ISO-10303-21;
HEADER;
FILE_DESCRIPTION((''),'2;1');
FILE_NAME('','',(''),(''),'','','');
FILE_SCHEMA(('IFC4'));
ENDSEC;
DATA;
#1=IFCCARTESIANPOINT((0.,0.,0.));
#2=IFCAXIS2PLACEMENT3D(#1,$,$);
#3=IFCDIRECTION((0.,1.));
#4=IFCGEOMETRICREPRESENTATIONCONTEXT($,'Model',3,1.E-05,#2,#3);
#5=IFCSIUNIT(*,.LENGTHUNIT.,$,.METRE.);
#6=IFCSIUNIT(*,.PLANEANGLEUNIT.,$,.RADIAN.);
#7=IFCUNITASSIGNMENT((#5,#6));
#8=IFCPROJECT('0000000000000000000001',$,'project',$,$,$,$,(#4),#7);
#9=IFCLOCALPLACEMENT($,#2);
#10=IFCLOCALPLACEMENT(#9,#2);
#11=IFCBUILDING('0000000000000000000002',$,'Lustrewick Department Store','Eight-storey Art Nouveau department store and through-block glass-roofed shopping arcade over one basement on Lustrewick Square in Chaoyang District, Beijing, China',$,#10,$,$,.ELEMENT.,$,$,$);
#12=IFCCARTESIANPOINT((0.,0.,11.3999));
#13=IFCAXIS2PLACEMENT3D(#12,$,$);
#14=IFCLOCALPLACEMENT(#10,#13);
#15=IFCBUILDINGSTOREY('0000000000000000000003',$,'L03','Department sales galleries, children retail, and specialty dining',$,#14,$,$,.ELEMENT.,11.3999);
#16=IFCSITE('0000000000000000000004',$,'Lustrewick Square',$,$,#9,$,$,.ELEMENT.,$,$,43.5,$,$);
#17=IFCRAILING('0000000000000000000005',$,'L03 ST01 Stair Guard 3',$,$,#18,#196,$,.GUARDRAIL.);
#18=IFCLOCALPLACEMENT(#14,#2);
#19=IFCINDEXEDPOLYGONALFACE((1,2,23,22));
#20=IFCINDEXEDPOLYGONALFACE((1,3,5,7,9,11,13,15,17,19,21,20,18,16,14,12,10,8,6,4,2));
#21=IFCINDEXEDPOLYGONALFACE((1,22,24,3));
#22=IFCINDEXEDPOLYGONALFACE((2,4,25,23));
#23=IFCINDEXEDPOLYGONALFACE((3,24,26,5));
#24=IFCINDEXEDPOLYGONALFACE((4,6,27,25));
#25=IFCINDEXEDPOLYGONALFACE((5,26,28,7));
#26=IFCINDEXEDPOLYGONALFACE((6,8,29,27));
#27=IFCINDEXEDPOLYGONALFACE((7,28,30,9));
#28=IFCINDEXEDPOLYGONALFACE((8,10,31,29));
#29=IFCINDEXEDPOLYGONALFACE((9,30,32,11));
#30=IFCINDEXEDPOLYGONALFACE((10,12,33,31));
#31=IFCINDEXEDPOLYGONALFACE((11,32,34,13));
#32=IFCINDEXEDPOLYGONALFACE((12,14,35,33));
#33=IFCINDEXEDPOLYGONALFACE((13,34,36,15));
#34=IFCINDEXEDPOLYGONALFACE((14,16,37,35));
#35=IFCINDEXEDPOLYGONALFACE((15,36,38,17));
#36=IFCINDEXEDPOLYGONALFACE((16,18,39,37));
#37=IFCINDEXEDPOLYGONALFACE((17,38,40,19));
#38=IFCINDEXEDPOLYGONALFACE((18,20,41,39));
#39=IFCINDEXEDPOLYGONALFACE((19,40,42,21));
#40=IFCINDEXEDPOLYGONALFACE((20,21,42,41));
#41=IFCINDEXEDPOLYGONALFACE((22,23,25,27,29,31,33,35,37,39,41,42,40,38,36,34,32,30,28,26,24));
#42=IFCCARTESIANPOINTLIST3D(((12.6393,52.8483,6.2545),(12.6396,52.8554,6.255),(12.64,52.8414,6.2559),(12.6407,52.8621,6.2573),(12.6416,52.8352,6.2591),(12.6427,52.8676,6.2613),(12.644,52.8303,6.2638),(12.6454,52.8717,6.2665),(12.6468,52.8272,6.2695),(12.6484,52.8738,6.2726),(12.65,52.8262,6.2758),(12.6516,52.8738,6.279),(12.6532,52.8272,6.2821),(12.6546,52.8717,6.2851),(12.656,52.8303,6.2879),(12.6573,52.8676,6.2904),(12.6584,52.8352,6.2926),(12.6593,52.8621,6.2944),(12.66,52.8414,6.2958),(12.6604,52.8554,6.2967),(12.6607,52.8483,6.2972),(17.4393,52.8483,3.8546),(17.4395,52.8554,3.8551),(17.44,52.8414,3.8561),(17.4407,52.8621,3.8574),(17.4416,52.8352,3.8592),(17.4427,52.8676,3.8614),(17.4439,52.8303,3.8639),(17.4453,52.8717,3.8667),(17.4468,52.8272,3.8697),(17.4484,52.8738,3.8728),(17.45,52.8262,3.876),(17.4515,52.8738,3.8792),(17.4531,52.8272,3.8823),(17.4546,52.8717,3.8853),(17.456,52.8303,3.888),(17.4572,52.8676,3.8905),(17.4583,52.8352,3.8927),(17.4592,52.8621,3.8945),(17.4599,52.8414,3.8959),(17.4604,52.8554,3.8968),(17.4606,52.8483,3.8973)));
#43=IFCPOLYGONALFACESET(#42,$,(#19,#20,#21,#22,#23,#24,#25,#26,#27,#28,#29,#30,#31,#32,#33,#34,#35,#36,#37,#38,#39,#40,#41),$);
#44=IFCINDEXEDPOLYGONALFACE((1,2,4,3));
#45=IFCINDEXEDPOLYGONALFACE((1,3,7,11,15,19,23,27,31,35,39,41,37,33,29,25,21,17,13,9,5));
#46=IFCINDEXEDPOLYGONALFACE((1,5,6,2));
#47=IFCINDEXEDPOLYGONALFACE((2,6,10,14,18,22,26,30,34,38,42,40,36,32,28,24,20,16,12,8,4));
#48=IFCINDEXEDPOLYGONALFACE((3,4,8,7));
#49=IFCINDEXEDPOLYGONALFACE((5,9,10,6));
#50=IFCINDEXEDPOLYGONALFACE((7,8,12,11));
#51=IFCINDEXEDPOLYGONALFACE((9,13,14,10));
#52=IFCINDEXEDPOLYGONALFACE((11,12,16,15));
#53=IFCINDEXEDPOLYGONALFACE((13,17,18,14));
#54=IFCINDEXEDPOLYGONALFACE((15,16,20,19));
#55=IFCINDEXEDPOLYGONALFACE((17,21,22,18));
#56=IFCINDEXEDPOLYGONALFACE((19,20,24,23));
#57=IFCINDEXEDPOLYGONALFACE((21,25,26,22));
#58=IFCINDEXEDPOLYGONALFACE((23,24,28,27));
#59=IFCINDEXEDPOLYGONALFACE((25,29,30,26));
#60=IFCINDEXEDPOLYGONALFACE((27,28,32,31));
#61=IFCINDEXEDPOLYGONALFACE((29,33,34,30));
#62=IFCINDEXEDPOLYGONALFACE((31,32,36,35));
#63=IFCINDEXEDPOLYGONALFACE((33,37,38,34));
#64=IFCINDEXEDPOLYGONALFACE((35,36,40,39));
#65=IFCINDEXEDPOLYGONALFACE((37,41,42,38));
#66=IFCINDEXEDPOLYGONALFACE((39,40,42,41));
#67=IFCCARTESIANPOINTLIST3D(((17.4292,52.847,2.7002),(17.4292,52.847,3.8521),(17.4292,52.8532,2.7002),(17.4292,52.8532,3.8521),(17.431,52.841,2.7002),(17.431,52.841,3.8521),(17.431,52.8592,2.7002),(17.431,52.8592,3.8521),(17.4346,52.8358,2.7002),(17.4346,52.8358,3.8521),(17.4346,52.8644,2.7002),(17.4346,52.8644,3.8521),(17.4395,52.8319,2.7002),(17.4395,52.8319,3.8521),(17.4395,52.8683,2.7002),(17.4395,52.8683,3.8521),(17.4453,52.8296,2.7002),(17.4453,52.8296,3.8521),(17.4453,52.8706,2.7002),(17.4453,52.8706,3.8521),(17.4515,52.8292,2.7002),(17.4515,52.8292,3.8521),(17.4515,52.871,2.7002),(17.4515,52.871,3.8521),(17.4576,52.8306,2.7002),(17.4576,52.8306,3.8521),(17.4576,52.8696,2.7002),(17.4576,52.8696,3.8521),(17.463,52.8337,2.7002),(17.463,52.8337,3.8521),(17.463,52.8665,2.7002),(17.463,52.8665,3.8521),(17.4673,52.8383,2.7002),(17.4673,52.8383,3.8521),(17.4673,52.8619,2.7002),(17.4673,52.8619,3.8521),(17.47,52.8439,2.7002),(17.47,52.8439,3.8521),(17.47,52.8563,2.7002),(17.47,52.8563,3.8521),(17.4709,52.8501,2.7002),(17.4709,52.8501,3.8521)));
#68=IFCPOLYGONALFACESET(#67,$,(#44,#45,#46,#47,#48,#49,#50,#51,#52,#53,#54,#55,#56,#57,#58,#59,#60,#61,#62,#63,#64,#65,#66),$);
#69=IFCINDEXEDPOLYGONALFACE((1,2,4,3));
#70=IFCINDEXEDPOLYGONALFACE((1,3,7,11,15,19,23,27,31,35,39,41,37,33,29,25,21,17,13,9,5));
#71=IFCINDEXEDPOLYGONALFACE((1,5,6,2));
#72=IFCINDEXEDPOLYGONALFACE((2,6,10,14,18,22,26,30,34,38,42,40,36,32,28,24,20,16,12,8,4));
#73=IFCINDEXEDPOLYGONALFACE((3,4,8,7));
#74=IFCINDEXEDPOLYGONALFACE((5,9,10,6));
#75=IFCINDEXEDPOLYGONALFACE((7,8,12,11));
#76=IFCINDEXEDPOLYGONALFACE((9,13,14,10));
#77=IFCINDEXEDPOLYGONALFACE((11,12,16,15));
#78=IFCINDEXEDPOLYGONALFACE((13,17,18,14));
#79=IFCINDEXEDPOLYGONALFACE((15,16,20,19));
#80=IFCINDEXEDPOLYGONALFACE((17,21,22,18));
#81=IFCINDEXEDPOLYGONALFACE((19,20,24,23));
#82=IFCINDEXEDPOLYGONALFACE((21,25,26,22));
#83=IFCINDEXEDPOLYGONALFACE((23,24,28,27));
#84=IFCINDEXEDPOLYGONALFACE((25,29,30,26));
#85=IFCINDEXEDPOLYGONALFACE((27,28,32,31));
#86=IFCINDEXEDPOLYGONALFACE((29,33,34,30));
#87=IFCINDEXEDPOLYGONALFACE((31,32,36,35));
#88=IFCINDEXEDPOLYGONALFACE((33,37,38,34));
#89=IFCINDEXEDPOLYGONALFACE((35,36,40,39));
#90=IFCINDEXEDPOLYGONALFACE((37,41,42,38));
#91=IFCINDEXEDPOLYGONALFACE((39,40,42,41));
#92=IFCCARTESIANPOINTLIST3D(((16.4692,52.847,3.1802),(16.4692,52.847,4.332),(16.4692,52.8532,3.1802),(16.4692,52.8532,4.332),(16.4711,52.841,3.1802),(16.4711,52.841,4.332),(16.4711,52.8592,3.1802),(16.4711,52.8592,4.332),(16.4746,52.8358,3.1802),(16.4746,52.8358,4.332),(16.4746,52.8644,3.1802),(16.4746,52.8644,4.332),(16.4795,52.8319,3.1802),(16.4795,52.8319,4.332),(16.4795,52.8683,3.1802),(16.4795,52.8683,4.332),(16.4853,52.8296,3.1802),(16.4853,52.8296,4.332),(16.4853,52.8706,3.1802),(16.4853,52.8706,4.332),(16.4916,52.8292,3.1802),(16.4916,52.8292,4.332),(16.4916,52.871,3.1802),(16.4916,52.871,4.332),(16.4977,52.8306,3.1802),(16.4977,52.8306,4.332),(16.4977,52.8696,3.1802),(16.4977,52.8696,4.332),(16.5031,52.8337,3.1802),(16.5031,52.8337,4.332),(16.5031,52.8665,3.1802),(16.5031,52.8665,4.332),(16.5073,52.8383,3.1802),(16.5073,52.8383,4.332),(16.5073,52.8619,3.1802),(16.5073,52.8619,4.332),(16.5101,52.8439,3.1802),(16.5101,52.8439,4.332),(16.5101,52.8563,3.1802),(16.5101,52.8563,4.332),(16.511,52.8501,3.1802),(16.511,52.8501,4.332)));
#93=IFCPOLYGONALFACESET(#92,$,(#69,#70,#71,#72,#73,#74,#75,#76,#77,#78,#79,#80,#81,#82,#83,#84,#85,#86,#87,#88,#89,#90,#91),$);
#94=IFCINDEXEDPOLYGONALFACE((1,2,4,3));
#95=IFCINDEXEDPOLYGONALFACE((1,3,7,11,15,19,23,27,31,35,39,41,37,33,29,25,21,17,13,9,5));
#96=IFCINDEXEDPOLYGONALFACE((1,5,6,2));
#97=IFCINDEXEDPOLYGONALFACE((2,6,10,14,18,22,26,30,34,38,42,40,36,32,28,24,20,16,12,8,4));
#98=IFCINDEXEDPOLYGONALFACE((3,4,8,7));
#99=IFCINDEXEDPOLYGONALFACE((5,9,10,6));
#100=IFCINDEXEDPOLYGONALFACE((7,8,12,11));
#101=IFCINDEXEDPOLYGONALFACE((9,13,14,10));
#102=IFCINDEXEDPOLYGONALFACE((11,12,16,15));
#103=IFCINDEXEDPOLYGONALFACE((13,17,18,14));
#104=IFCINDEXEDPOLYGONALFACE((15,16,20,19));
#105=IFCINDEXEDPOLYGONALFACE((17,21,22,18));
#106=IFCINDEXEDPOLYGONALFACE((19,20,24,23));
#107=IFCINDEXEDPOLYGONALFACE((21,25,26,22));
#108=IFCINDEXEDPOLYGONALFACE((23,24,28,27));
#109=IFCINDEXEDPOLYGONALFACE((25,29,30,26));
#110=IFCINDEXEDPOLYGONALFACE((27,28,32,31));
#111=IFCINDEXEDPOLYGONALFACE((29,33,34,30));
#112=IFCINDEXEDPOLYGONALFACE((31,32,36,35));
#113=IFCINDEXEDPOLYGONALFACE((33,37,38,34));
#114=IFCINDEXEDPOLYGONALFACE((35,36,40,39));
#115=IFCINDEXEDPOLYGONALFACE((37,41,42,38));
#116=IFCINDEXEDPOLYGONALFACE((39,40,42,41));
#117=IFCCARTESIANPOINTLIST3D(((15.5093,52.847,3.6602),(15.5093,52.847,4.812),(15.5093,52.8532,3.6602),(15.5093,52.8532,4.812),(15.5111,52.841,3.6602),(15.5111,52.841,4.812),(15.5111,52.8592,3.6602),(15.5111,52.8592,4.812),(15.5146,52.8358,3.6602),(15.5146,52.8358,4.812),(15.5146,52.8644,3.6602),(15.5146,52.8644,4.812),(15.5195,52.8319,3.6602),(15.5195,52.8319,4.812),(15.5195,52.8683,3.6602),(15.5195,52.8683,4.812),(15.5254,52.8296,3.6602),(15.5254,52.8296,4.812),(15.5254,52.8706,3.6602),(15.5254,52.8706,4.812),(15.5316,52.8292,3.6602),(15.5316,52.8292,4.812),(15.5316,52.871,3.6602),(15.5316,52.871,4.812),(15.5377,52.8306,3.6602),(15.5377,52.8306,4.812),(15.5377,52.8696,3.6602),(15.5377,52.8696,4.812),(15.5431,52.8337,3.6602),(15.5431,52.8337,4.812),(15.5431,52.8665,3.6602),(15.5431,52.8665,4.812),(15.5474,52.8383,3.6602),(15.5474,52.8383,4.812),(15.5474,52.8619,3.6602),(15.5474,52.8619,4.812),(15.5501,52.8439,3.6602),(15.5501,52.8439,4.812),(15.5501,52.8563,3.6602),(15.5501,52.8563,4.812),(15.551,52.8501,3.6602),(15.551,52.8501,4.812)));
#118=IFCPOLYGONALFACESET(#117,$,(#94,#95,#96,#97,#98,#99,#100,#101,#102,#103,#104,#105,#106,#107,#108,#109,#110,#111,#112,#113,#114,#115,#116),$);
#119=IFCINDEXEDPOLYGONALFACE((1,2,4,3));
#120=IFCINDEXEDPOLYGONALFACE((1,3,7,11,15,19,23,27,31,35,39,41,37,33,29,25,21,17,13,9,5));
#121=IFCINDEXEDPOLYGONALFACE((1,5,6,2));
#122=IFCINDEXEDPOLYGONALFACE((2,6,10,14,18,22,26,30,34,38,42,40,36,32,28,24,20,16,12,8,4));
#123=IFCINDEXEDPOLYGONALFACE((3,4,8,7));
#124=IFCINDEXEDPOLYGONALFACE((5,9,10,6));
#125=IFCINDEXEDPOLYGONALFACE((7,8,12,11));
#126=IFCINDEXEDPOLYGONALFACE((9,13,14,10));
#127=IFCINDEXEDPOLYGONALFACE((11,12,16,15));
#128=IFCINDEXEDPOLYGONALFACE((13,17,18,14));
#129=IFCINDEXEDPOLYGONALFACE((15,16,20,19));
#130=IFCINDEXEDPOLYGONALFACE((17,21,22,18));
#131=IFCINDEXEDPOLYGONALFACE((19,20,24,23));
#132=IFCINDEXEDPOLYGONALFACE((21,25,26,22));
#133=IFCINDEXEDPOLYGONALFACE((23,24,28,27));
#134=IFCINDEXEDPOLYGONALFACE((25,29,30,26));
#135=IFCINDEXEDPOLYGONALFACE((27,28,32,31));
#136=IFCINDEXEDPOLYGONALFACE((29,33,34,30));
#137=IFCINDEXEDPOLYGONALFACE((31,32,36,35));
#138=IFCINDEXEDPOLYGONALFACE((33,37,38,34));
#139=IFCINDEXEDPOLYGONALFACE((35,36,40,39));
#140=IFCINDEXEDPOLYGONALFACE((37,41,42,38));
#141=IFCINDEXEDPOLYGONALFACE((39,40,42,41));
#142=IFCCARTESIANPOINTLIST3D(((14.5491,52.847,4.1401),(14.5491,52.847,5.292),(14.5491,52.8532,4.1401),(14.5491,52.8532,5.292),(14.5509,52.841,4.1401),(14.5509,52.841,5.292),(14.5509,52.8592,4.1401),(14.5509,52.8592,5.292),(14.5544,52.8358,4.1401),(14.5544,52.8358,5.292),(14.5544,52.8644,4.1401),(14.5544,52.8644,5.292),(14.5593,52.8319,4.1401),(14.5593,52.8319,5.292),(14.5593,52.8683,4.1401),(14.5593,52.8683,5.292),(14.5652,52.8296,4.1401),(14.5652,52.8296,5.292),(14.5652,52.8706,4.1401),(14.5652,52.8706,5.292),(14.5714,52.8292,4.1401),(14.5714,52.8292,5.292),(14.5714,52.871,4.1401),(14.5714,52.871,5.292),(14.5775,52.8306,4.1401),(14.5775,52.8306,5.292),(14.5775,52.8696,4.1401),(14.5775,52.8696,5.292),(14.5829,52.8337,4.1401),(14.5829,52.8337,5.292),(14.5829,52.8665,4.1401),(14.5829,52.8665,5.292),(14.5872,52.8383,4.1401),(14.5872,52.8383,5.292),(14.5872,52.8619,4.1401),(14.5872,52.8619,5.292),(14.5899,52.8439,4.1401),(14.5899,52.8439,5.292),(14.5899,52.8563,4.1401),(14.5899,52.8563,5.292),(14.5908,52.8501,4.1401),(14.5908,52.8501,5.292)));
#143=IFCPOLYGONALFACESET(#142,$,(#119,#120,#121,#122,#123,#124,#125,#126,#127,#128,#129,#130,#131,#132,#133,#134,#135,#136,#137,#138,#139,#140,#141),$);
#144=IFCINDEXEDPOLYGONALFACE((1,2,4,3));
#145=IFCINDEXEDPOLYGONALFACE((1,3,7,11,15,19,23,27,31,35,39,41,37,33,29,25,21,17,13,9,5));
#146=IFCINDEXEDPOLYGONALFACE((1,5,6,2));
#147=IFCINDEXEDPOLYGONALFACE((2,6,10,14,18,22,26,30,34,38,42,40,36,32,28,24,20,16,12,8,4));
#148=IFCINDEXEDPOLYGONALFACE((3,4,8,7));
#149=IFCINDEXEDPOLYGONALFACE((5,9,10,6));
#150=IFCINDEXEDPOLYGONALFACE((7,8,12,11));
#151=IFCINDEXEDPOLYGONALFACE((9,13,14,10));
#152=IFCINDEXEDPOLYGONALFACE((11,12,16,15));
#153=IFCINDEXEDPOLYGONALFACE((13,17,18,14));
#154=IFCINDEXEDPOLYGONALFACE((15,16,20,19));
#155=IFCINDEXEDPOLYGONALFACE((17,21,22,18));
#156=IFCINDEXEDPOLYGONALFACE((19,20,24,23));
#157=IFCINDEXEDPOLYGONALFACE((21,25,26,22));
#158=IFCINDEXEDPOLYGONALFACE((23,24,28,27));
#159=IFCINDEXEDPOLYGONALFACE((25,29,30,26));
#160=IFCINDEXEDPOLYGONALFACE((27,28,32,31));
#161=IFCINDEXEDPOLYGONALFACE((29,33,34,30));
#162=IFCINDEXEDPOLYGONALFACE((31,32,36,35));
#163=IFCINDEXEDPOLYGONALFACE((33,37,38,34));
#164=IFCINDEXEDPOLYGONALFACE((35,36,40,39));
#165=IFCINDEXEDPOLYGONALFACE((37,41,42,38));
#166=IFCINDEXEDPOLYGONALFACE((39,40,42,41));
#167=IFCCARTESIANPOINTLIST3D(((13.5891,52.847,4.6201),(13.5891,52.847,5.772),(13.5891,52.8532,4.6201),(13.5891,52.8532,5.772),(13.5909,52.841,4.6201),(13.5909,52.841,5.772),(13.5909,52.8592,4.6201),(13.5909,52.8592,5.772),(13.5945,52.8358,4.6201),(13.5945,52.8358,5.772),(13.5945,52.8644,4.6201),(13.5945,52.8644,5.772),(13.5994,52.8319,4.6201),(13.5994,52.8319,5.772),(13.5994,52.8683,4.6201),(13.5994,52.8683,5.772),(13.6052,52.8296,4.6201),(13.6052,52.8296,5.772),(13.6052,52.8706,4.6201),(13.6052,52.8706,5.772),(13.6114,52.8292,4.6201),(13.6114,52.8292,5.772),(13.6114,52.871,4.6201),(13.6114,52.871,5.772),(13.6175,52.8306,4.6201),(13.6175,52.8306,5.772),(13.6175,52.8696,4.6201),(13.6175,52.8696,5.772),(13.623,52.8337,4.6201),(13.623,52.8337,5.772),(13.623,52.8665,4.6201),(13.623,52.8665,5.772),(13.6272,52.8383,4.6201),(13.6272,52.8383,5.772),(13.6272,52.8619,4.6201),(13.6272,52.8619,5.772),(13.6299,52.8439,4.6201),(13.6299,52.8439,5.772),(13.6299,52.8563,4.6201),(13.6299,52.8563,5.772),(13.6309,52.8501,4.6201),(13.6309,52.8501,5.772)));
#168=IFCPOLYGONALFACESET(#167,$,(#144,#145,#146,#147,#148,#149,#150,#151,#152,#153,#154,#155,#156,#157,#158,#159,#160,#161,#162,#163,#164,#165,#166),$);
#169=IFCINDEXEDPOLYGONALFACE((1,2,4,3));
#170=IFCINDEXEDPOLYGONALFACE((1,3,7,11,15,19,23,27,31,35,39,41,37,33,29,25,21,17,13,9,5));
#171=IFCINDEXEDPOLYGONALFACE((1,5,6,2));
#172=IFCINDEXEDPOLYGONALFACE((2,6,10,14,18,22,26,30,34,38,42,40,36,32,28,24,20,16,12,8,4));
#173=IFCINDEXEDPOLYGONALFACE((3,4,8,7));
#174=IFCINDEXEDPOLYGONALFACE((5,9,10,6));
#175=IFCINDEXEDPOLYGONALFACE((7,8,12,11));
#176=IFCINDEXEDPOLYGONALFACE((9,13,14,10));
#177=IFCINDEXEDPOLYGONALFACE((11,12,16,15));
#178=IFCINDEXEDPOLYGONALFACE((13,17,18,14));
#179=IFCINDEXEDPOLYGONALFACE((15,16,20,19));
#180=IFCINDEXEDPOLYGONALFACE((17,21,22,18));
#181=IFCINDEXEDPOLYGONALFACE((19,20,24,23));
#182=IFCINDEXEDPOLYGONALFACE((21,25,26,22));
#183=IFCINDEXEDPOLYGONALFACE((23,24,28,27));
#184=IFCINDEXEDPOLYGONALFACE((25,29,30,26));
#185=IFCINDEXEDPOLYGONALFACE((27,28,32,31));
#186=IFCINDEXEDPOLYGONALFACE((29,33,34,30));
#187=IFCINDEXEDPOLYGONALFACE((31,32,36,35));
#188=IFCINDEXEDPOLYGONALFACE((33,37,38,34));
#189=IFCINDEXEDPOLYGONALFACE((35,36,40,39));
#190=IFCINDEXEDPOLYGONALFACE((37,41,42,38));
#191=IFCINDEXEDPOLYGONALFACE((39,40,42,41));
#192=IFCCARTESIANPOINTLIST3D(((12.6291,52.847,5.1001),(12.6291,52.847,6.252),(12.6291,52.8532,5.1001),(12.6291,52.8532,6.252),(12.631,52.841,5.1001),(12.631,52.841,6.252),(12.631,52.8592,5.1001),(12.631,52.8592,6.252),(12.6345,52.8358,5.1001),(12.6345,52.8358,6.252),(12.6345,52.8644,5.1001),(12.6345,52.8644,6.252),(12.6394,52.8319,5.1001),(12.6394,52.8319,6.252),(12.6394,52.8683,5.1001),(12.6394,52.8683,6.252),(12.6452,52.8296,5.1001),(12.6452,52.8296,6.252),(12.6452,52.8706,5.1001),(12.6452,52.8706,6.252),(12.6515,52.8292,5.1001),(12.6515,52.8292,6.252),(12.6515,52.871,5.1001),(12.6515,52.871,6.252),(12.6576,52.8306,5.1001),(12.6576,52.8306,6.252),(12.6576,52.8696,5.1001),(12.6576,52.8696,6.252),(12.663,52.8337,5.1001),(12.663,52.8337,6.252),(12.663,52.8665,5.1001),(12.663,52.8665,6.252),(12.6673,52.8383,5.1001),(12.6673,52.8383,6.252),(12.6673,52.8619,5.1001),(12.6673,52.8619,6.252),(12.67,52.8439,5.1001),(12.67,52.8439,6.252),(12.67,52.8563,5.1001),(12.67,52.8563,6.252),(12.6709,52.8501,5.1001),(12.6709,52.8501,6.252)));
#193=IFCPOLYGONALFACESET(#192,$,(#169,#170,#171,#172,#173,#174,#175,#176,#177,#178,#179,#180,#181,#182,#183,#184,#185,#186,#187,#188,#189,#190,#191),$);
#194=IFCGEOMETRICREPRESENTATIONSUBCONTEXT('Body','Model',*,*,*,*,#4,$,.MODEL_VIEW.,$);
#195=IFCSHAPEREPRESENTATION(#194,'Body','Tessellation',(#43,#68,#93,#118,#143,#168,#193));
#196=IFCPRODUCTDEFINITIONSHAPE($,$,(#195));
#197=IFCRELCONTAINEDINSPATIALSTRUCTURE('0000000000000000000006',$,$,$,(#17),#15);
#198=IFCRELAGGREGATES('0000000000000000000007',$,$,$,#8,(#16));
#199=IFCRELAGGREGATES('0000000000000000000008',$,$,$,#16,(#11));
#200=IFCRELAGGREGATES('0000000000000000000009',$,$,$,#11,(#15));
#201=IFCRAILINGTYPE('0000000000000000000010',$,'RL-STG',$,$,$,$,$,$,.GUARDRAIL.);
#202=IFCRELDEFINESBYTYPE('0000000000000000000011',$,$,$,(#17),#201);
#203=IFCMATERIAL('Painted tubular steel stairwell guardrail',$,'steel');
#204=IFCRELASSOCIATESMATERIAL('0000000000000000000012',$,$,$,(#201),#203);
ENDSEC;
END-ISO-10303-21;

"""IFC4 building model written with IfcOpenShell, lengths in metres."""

from ifc_helpers import new_model, si_unit, direction, frame, origin, origin_2d, place, context, subcontext, project, spatial, circle, extrude, material, type_object, element, save


model = new_model("IFC4")

# Units and contexts
model_context = context("Model", 3, precision=1e-05, world=origin(), true_north=direction((0.0, 1.0)))
body_context = subcontext(model_context, "Body", "Model", "MODEL_VIEW")
ifc_project = project(units=[si_unit("LENGTHUNIT", "METRE"), si_unit("PLANEANGLEUNIT", "RADIAN")], contexts=[model_context])

# Site, building, storey
site_placement = place(None, origin())
site = spatial("IfcSite", under=ifc_project, at=site_placement, Name="Lustrewick Square", CompositionType="ELEMENT", RefElevation=43.5)
building_placement = place(site_placement, origin())
building = spatial("IfcBuilding", under=site, at=building_placement, Name="Lustrewick Department Store", Description="Eight-storey Art Nouveau department store and through-block glass-roofed shopping arcade over one basement on Lustrewick Square in Chaoyang District, Beijing, China", CompositionType="ELEMENT")
storey_placement = place(building_placement, frame((0.0, 0.0, 11.3999)))
storey = spatial("IfcBuildingStorey", under=building, at=storey_placement, Name="L03", Description="Department sales galleries, children retail, and specialty dining", CompositionType="ELEMENT", Elevation=11.3999)

# Railing
ifc_material_1 = material(Name="Painted tubular steel stairwell guardrail", Category="steel")
railing_type_1 = type_object("IfcRailingType", Name="RL-STG", PredefinedType="GUARDRAIL", material=ifc_material_1)
railing_1_placement = place(storey_placement, frame((17.45, 52.8501, 2.7002)))
element("IfcRailing", 1, at=railing_1_placement, inside=storey, type_object=railing_type_1, Name="L03 ST01 Stair Guard 3", PredefinedType="GUARDRAIL", context=body_context, shape_type="SweptSolid", body=[
    extrude(circle(Radius=0.0239, at=origin_2d()), frame((0.0, 0.0, 1.1758), z_axis=(-0.894436, 0.0, 0.447195), x_axis=(0.0, -1.0, 0.0)), (0.0, 0.0, 1.0), 5.3665),
    extrude(circle(Radius=0.021, at=origin_2d()), origin(), (0.0, 0.0, 1.0), 1.1519),
    extrude(circle(Radius=0.021, at=origin_2d()), frame((-0.96, 0.0, 0.48)), (0.0, 0.0, 1.0), 1.1519),
    extrude(circle(Radius=0.021, at=origin_2d()), frame((-1.9199, 0.0, 0.96)), (0.0, 0.0, 1.0), 1.1519),
    extrude(circle(Radius=0.021, at=origin_2d()), frame((-2.8801, 0.0, 1.4399)), (0.0, 0.0, 1.0), 1.1519),
    extrude(circle(Radius=0.021, at=origin_2d()), frame((-3.8401, 0.0, 1.9199)), (0.0, 0.0, 1.0), 1.1519),
    extrude(circle(Radius=0.021, at=origin_2d()), frame((-4.8, 0.0, 2.3999)), (0.0, 0.0, 1.0), 1.1519),
])

save(model, "model.ifc")
